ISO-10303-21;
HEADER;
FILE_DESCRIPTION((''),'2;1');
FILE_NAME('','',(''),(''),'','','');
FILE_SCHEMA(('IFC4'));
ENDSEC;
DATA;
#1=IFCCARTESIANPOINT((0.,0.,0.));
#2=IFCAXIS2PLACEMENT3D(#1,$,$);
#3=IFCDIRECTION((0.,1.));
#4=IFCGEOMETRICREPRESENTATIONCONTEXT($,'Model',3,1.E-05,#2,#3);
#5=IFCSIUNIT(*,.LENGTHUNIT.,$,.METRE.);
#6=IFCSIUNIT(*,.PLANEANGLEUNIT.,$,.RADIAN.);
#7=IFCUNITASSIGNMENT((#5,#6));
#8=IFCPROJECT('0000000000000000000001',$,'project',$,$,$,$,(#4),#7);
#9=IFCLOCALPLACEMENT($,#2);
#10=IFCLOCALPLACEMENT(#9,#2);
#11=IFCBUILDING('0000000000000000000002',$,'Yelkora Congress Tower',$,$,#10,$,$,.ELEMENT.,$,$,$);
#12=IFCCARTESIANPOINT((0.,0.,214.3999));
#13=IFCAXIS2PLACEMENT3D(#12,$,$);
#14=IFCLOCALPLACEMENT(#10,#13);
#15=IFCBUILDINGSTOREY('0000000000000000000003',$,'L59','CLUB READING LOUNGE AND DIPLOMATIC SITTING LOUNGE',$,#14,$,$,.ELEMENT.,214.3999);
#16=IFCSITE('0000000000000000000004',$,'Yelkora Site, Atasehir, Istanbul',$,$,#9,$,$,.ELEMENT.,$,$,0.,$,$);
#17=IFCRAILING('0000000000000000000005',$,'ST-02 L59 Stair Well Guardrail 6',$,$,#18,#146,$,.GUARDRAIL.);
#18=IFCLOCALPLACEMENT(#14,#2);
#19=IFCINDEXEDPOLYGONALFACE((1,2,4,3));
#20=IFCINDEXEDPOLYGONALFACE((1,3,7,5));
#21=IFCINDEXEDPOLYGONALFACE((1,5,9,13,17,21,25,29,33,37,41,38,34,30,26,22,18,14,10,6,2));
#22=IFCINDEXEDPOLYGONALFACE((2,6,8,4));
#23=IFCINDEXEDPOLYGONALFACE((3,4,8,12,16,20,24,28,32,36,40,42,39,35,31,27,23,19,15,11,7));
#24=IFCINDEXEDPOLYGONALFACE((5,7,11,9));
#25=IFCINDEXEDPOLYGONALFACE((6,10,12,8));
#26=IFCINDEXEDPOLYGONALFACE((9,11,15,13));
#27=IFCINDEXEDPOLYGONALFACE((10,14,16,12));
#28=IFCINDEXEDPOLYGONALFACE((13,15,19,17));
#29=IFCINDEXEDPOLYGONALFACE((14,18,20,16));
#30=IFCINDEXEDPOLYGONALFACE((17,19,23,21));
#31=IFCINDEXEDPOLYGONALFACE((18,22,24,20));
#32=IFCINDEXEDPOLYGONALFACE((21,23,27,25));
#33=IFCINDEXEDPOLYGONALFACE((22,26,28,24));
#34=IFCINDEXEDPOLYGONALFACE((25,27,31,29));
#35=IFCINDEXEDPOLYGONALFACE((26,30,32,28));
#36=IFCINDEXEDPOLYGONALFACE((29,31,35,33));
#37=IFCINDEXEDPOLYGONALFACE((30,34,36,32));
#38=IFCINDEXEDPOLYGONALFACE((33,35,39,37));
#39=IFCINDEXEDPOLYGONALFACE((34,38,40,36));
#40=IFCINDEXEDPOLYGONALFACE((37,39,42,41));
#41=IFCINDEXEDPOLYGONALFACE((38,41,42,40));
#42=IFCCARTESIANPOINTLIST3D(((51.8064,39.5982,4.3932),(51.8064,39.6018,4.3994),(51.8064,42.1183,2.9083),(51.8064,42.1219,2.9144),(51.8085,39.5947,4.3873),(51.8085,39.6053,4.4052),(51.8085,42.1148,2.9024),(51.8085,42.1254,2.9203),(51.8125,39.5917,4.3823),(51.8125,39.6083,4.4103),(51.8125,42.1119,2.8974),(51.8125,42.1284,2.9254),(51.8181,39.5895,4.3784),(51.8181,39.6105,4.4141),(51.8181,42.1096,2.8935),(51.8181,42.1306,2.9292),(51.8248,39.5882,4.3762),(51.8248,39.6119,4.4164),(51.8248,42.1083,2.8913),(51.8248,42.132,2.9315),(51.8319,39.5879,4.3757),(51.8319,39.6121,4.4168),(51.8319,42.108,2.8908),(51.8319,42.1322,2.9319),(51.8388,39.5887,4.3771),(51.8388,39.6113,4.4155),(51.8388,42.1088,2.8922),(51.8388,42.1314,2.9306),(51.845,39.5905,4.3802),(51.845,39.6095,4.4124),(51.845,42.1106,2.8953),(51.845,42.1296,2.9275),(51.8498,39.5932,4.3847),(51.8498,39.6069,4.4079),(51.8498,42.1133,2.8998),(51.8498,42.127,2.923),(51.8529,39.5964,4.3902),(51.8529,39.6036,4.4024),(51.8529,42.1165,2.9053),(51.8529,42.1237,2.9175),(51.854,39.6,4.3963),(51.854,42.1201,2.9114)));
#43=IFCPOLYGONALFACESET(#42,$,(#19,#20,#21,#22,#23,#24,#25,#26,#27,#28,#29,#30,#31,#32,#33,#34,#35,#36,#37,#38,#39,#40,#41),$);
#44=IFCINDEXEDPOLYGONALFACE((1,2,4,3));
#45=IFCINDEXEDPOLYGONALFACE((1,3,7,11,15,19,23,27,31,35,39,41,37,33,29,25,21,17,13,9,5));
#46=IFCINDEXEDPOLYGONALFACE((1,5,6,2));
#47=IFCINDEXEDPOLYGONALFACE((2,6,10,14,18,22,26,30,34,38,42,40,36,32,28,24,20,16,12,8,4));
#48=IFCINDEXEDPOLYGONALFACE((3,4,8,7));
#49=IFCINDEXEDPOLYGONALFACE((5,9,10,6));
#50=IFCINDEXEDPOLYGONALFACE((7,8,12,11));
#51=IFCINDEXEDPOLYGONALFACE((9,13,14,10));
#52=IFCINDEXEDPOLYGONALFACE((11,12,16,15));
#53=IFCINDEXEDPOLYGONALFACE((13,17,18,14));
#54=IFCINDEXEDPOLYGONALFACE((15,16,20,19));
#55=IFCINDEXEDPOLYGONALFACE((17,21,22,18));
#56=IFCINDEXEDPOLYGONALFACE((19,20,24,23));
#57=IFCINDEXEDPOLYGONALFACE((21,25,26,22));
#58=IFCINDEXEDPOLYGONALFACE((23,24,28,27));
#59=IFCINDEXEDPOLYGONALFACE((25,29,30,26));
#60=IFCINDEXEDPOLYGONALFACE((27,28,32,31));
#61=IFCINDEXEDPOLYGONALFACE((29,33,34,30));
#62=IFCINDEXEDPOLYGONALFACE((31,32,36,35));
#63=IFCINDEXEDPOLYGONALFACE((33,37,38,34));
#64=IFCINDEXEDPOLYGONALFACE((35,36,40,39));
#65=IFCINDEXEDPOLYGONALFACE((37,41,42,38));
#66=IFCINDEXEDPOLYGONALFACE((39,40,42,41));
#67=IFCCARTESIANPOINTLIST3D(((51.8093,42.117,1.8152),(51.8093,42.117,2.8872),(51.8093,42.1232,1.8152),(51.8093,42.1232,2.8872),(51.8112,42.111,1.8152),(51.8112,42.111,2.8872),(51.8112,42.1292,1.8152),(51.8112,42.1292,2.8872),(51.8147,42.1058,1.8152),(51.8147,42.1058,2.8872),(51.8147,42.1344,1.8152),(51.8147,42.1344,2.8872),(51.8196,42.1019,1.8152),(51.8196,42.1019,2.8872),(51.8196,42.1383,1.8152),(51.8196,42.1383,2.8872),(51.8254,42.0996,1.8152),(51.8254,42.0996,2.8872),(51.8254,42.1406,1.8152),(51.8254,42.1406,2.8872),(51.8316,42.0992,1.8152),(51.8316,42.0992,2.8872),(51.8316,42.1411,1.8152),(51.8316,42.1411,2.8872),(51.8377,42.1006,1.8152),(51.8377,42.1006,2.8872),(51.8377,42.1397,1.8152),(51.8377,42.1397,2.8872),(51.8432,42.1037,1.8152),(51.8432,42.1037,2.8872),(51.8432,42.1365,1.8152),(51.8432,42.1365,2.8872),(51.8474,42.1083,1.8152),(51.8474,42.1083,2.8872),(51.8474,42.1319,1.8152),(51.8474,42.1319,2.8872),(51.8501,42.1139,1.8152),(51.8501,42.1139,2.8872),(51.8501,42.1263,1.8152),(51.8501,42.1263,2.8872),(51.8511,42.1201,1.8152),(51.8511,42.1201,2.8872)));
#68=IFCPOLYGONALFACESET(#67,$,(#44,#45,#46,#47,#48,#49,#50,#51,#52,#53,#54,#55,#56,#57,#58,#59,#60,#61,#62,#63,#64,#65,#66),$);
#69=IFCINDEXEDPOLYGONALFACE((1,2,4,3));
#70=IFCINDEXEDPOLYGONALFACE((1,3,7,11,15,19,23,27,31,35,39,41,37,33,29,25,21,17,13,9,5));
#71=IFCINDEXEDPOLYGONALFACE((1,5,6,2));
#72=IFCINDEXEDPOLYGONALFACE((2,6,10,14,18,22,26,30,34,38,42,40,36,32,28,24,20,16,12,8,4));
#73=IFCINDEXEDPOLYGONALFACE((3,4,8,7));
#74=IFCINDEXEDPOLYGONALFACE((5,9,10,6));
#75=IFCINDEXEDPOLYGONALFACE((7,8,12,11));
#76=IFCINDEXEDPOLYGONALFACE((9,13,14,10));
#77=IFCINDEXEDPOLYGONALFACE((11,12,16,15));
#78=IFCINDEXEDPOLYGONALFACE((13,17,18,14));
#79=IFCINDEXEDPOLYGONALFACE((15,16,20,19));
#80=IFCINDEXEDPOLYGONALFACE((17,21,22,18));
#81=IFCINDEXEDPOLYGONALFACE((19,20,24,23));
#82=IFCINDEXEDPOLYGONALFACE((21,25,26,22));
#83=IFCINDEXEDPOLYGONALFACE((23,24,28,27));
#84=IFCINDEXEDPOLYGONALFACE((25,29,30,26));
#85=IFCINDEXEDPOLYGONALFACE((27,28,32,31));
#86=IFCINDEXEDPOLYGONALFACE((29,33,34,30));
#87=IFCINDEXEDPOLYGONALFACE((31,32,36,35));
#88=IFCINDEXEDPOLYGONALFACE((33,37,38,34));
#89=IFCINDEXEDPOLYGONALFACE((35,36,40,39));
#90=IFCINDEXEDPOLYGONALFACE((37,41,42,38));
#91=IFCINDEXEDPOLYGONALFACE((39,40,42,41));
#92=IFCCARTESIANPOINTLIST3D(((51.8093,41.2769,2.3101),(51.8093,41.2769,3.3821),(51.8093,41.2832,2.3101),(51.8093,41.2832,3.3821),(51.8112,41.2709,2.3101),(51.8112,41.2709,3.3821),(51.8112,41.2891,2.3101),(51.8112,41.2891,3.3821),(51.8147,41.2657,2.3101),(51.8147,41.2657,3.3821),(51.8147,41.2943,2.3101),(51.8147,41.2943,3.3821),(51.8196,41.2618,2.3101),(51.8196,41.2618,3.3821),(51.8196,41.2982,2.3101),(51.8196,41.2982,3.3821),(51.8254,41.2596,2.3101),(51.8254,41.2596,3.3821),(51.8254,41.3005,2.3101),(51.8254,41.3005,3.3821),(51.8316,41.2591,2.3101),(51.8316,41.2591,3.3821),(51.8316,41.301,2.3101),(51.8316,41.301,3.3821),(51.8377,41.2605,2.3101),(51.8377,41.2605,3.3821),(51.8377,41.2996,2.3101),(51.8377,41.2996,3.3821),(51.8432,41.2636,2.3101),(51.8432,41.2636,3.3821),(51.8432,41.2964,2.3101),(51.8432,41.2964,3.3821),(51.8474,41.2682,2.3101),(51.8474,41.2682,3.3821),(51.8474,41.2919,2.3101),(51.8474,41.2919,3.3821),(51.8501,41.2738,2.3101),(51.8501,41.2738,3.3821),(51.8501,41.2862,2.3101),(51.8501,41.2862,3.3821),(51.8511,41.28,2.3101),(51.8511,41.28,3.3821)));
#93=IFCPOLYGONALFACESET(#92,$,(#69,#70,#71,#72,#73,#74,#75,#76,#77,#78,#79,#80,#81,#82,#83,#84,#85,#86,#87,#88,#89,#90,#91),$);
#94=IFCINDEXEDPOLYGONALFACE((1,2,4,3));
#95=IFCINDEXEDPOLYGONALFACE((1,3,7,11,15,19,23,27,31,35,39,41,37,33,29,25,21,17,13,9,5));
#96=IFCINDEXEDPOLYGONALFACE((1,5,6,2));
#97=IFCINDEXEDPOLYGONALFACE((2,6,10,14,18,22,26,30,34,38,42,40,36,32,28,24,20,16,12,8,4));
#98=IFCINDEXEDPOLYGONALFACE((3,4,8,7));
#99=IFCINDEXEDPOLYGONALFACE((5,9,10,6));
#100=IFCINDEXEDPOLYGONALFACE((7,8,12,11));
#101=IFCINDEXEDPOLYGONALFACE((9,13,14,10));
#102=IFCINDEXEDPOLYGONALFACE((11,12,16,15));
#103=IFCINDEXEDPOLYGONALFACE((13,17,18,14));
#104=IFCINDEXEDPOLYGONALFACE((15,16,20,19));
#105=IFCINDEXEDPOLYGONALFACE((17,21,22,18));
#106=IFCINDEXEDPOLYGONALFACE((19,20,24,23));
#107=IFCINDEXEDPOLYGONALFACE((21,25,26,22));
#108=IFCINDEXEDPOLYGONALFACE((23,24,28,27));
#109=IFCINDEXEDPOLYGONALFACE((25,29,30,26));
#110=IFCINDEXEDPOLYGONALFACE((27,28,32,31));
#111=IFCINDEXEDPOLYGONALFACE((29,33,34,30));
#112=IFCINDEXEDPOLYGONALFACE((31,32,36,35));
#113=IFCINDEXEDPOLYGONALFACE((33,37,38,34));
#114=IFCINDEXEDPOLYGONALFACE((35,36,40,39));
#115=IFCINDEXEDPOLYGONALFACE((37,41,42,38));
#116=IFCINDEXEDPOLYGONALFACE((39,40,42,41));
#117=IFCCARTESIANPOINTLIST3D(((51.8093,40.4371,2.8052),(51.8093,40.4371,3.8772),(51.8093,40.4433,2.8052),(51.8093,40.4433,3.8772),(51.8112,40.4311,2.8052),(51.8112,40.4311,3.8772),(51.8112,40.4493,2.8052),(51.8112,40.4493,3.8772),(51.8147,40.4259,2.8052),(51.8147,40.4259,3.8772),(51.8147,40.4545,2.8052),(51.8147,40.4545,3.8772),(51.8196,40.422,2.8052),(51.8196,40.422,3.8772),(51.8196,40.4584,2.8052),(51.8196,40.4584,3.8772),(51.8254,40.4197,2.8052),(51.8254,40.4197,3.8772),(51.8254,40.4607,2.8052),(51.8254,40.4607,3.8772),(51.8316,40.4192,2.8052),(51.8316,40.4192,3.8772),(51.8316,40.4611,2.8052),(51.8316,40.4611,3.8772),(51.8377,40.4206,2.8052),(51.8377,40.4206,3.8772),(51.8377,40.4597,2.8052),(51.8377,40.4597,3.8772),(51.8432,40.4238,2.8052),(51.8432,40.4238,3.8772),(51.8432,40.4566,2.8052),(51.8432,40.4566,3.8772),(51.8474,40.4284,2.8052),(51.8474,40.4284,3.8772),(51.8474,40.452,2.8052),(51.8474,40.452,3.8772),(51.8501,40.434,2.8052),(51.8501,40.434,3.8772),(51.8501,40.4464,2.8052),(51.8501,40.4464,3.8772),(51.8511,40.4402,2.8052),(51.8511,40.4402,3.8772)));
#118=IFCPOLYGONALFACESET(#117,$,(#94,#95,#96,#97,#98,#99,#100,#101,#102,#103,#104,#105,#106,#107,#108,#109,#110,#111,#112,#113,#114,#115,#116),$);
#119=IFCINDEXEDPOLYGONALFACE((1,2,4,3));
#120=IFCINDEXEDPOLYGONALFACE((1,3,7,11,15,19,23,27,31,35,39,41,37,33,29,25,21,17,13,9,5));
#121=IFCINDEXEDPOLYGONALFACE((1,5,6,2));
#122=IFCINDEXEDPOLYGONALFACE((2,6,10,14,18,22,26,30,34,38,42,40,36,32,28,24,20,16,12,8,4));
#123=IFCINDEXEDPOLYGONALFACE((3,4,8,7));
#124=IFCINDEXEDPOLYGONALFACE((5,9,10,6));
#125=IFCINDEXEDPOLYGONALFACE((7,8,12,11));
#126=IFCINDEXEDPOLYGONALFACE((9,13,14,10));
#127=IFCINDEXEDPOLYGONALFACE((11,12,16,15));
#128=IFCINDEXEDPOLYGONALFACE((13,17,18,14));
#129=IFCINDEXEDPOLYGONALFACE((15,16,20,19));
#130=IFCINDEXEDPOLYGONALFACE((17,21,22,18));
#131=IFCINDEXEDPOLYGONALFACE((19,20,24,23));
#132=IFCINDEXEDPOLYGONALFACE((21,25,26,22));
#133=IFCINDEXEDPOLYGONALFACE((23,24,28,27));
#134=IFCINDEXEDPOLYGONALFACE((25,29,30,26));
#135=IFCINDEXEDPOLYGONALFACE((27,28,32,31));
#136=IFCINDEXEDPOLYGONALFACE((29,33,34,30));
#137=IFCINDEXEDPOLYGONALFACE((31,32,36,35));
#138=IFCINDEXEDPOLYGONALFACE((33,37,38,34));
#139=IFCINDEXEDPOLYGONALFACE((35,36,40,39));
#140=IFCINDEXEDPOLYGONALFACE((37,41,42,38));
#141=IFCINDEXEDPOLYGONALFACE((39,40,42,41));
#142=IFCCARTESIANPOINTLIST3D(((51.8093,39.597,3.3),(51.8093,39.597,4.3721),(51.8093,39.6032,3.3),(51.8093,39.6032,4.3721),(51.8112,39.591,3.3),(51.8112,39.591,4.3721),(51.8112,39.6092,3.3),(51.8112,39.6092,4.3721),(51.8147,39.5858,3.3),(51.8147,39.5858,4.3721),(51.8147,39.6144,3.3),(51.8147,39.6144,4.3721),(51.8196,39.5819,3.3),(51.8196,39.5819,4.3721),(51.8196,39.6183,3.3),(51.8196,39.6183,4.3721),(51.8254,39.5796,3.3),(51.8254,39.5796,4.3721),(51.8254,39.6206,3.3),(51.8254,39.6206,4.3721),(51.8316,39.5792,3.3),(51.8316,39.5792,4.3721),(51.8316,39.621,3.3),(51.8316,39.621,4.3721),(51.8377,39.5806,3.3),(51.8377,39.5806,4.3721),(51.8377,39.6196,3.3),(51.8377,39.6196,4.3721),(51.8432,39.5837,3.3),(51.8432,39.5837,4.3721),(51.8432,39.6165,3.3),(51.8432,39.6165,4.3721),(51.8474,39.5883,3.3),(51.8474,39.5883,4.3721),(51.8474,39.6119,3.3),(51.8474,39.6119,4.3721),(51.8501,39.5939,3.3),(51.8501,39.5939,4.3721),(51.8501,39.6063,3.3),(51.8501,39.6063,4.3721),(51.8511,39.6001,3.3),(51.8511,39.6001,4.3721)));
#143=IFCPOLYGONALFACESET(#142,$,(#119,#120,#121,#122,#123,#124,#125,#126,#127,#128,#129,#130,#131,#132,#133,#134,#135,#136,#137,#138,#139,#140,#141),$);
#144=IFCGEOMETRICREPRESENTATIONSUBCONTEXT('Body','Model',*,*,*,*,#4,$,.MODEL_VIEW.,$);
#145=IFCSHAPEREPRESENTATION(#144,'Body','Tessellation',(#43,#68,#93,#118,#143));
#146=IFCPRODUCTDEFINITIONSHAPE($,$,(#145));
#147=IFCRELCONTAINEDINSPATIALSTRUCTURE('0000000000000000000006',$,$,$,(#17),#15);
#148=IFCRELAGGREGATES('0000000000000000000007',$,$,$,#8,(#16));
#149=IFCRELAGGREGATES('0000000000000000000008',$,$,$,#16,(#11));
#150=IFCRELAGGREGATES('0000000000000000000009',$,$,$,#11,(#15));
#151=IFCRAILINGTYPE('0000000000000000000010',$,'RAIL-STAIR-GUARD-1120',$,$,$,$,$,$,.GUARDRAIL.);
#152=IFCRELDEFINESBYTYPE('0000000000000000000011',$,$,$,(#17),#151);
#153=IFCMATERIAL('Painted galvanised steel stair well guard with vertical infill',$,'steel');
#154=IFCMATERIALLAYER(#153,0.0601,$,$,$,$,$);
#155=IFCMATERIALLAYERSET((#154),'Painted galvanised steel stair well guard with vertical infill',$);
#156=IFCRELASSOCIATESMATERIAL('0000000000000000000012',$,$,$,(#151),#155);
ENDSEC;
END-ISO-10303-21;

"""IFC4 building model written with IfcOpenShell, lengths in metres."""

from ifc_helpers import new_model, si_unit, direction, frame, origin, origin_2d, place, context, subcontext, project, spatial, circle, extrude, material, layer, layer_set, type_object, element, save


model = new_model("IFC4")

# Units and contexts
model_context = context("Model", 3, precision=1e-05, world=origin(), true_north=direction((0.0, 1.0)))
body_context = subcontext(model_context, "Body", "Model", "MODEL_VIEW")
ifc_project = project(units=[si_unit("LENGTHUNIT", "METRE"), si_unit("PLANEANGLEUNIT", "RADIAN")], contexts=[model_context])

# Site, building, storey
site_placement = place(None, origin())
site = spatial("IfcSite", under=ifc_project, at=site_placement, Name="Yelkora Site, Atasehir, Istanbul", CompositionType="ELEMENT", RefElevation=0.0)
building_placement = place(site_placement, origin())
building = spatial("IfcBuilding", under=site, at=building_placement, Name="Yelkora Congress Tower", CompositionType="ELEMENT")
storey_placement = place(building_placement, frame((0.0, 0.0, 214.3999)))
storey = spatial("IfcBuildingStorey", under=building, at=storey_placement, Name="L59", Description="CLUB READING LOUNGE AND DIPLOMATIC SITTING LOUNGE", CompositionType="ELEMENT", Elevation=214.3999)

# Railing
ifc_material_1 = material(Name="Painted galvanised steel stair well guard with vertical infill", Category="steel")
ifc_layer_1 = layer(ifc_material_1, 0.0601)
ifc_layer_set_1 = layer_set([ifc_layer_1], Name="Painted galvanised steel stair well guard with vertical infill")
railing_type_1 = type_object("IfcRailingType", Name="RAIL-STAIR-GUARD-1120", PredefinedType="GUARDRAIL", material=ifc_layer_set_1)
railing_1_placement = place(storey_placement, frame((51.8301, 42.1201, 1.8152)))
element("IfcRailing", 1, at=railing_1_placement, inside=storey, type_object=railing_type_1, Name="ST-02 L59 Stair Well Guardrail 6", PredefinedType="GUARDRAIL", context=body_context, shape_type="SweptSolid", body=[
    extrude(circle(Radius=0.0239, at=origin_2d()), frame((0.0, 0.0, 1.0962), z_axis=(0.0, -0.861561, 0.507655), x_axis=(1.0, 0.0, 0.0)), (0.0, 0.0, 1.0), 2.925),
    extrude(circle(Radius=0.021, at=origin_2d()), origin(), (0.0, 0.0, 1.0), 1.072),
    extrude(circle(Radius=0.021, at=origin_2d()), frame((0.0, -0.8401, 0.4949)), (0.0, 0.0, 1.0), 1.072),
    extrude(circle(Radius=0.021, at=origin_2d()), frame((0.0, -1.6799, 0.99)), (0.0, 0.0, 1.0), 1.072),
    extrude(circle(Radius=0.021, at=origin_2d()), frame((0.0, -2.52, 1.4849)), (0.0, 0.0, 1.0), 1.072),
])

save(model, "model.ifc")
